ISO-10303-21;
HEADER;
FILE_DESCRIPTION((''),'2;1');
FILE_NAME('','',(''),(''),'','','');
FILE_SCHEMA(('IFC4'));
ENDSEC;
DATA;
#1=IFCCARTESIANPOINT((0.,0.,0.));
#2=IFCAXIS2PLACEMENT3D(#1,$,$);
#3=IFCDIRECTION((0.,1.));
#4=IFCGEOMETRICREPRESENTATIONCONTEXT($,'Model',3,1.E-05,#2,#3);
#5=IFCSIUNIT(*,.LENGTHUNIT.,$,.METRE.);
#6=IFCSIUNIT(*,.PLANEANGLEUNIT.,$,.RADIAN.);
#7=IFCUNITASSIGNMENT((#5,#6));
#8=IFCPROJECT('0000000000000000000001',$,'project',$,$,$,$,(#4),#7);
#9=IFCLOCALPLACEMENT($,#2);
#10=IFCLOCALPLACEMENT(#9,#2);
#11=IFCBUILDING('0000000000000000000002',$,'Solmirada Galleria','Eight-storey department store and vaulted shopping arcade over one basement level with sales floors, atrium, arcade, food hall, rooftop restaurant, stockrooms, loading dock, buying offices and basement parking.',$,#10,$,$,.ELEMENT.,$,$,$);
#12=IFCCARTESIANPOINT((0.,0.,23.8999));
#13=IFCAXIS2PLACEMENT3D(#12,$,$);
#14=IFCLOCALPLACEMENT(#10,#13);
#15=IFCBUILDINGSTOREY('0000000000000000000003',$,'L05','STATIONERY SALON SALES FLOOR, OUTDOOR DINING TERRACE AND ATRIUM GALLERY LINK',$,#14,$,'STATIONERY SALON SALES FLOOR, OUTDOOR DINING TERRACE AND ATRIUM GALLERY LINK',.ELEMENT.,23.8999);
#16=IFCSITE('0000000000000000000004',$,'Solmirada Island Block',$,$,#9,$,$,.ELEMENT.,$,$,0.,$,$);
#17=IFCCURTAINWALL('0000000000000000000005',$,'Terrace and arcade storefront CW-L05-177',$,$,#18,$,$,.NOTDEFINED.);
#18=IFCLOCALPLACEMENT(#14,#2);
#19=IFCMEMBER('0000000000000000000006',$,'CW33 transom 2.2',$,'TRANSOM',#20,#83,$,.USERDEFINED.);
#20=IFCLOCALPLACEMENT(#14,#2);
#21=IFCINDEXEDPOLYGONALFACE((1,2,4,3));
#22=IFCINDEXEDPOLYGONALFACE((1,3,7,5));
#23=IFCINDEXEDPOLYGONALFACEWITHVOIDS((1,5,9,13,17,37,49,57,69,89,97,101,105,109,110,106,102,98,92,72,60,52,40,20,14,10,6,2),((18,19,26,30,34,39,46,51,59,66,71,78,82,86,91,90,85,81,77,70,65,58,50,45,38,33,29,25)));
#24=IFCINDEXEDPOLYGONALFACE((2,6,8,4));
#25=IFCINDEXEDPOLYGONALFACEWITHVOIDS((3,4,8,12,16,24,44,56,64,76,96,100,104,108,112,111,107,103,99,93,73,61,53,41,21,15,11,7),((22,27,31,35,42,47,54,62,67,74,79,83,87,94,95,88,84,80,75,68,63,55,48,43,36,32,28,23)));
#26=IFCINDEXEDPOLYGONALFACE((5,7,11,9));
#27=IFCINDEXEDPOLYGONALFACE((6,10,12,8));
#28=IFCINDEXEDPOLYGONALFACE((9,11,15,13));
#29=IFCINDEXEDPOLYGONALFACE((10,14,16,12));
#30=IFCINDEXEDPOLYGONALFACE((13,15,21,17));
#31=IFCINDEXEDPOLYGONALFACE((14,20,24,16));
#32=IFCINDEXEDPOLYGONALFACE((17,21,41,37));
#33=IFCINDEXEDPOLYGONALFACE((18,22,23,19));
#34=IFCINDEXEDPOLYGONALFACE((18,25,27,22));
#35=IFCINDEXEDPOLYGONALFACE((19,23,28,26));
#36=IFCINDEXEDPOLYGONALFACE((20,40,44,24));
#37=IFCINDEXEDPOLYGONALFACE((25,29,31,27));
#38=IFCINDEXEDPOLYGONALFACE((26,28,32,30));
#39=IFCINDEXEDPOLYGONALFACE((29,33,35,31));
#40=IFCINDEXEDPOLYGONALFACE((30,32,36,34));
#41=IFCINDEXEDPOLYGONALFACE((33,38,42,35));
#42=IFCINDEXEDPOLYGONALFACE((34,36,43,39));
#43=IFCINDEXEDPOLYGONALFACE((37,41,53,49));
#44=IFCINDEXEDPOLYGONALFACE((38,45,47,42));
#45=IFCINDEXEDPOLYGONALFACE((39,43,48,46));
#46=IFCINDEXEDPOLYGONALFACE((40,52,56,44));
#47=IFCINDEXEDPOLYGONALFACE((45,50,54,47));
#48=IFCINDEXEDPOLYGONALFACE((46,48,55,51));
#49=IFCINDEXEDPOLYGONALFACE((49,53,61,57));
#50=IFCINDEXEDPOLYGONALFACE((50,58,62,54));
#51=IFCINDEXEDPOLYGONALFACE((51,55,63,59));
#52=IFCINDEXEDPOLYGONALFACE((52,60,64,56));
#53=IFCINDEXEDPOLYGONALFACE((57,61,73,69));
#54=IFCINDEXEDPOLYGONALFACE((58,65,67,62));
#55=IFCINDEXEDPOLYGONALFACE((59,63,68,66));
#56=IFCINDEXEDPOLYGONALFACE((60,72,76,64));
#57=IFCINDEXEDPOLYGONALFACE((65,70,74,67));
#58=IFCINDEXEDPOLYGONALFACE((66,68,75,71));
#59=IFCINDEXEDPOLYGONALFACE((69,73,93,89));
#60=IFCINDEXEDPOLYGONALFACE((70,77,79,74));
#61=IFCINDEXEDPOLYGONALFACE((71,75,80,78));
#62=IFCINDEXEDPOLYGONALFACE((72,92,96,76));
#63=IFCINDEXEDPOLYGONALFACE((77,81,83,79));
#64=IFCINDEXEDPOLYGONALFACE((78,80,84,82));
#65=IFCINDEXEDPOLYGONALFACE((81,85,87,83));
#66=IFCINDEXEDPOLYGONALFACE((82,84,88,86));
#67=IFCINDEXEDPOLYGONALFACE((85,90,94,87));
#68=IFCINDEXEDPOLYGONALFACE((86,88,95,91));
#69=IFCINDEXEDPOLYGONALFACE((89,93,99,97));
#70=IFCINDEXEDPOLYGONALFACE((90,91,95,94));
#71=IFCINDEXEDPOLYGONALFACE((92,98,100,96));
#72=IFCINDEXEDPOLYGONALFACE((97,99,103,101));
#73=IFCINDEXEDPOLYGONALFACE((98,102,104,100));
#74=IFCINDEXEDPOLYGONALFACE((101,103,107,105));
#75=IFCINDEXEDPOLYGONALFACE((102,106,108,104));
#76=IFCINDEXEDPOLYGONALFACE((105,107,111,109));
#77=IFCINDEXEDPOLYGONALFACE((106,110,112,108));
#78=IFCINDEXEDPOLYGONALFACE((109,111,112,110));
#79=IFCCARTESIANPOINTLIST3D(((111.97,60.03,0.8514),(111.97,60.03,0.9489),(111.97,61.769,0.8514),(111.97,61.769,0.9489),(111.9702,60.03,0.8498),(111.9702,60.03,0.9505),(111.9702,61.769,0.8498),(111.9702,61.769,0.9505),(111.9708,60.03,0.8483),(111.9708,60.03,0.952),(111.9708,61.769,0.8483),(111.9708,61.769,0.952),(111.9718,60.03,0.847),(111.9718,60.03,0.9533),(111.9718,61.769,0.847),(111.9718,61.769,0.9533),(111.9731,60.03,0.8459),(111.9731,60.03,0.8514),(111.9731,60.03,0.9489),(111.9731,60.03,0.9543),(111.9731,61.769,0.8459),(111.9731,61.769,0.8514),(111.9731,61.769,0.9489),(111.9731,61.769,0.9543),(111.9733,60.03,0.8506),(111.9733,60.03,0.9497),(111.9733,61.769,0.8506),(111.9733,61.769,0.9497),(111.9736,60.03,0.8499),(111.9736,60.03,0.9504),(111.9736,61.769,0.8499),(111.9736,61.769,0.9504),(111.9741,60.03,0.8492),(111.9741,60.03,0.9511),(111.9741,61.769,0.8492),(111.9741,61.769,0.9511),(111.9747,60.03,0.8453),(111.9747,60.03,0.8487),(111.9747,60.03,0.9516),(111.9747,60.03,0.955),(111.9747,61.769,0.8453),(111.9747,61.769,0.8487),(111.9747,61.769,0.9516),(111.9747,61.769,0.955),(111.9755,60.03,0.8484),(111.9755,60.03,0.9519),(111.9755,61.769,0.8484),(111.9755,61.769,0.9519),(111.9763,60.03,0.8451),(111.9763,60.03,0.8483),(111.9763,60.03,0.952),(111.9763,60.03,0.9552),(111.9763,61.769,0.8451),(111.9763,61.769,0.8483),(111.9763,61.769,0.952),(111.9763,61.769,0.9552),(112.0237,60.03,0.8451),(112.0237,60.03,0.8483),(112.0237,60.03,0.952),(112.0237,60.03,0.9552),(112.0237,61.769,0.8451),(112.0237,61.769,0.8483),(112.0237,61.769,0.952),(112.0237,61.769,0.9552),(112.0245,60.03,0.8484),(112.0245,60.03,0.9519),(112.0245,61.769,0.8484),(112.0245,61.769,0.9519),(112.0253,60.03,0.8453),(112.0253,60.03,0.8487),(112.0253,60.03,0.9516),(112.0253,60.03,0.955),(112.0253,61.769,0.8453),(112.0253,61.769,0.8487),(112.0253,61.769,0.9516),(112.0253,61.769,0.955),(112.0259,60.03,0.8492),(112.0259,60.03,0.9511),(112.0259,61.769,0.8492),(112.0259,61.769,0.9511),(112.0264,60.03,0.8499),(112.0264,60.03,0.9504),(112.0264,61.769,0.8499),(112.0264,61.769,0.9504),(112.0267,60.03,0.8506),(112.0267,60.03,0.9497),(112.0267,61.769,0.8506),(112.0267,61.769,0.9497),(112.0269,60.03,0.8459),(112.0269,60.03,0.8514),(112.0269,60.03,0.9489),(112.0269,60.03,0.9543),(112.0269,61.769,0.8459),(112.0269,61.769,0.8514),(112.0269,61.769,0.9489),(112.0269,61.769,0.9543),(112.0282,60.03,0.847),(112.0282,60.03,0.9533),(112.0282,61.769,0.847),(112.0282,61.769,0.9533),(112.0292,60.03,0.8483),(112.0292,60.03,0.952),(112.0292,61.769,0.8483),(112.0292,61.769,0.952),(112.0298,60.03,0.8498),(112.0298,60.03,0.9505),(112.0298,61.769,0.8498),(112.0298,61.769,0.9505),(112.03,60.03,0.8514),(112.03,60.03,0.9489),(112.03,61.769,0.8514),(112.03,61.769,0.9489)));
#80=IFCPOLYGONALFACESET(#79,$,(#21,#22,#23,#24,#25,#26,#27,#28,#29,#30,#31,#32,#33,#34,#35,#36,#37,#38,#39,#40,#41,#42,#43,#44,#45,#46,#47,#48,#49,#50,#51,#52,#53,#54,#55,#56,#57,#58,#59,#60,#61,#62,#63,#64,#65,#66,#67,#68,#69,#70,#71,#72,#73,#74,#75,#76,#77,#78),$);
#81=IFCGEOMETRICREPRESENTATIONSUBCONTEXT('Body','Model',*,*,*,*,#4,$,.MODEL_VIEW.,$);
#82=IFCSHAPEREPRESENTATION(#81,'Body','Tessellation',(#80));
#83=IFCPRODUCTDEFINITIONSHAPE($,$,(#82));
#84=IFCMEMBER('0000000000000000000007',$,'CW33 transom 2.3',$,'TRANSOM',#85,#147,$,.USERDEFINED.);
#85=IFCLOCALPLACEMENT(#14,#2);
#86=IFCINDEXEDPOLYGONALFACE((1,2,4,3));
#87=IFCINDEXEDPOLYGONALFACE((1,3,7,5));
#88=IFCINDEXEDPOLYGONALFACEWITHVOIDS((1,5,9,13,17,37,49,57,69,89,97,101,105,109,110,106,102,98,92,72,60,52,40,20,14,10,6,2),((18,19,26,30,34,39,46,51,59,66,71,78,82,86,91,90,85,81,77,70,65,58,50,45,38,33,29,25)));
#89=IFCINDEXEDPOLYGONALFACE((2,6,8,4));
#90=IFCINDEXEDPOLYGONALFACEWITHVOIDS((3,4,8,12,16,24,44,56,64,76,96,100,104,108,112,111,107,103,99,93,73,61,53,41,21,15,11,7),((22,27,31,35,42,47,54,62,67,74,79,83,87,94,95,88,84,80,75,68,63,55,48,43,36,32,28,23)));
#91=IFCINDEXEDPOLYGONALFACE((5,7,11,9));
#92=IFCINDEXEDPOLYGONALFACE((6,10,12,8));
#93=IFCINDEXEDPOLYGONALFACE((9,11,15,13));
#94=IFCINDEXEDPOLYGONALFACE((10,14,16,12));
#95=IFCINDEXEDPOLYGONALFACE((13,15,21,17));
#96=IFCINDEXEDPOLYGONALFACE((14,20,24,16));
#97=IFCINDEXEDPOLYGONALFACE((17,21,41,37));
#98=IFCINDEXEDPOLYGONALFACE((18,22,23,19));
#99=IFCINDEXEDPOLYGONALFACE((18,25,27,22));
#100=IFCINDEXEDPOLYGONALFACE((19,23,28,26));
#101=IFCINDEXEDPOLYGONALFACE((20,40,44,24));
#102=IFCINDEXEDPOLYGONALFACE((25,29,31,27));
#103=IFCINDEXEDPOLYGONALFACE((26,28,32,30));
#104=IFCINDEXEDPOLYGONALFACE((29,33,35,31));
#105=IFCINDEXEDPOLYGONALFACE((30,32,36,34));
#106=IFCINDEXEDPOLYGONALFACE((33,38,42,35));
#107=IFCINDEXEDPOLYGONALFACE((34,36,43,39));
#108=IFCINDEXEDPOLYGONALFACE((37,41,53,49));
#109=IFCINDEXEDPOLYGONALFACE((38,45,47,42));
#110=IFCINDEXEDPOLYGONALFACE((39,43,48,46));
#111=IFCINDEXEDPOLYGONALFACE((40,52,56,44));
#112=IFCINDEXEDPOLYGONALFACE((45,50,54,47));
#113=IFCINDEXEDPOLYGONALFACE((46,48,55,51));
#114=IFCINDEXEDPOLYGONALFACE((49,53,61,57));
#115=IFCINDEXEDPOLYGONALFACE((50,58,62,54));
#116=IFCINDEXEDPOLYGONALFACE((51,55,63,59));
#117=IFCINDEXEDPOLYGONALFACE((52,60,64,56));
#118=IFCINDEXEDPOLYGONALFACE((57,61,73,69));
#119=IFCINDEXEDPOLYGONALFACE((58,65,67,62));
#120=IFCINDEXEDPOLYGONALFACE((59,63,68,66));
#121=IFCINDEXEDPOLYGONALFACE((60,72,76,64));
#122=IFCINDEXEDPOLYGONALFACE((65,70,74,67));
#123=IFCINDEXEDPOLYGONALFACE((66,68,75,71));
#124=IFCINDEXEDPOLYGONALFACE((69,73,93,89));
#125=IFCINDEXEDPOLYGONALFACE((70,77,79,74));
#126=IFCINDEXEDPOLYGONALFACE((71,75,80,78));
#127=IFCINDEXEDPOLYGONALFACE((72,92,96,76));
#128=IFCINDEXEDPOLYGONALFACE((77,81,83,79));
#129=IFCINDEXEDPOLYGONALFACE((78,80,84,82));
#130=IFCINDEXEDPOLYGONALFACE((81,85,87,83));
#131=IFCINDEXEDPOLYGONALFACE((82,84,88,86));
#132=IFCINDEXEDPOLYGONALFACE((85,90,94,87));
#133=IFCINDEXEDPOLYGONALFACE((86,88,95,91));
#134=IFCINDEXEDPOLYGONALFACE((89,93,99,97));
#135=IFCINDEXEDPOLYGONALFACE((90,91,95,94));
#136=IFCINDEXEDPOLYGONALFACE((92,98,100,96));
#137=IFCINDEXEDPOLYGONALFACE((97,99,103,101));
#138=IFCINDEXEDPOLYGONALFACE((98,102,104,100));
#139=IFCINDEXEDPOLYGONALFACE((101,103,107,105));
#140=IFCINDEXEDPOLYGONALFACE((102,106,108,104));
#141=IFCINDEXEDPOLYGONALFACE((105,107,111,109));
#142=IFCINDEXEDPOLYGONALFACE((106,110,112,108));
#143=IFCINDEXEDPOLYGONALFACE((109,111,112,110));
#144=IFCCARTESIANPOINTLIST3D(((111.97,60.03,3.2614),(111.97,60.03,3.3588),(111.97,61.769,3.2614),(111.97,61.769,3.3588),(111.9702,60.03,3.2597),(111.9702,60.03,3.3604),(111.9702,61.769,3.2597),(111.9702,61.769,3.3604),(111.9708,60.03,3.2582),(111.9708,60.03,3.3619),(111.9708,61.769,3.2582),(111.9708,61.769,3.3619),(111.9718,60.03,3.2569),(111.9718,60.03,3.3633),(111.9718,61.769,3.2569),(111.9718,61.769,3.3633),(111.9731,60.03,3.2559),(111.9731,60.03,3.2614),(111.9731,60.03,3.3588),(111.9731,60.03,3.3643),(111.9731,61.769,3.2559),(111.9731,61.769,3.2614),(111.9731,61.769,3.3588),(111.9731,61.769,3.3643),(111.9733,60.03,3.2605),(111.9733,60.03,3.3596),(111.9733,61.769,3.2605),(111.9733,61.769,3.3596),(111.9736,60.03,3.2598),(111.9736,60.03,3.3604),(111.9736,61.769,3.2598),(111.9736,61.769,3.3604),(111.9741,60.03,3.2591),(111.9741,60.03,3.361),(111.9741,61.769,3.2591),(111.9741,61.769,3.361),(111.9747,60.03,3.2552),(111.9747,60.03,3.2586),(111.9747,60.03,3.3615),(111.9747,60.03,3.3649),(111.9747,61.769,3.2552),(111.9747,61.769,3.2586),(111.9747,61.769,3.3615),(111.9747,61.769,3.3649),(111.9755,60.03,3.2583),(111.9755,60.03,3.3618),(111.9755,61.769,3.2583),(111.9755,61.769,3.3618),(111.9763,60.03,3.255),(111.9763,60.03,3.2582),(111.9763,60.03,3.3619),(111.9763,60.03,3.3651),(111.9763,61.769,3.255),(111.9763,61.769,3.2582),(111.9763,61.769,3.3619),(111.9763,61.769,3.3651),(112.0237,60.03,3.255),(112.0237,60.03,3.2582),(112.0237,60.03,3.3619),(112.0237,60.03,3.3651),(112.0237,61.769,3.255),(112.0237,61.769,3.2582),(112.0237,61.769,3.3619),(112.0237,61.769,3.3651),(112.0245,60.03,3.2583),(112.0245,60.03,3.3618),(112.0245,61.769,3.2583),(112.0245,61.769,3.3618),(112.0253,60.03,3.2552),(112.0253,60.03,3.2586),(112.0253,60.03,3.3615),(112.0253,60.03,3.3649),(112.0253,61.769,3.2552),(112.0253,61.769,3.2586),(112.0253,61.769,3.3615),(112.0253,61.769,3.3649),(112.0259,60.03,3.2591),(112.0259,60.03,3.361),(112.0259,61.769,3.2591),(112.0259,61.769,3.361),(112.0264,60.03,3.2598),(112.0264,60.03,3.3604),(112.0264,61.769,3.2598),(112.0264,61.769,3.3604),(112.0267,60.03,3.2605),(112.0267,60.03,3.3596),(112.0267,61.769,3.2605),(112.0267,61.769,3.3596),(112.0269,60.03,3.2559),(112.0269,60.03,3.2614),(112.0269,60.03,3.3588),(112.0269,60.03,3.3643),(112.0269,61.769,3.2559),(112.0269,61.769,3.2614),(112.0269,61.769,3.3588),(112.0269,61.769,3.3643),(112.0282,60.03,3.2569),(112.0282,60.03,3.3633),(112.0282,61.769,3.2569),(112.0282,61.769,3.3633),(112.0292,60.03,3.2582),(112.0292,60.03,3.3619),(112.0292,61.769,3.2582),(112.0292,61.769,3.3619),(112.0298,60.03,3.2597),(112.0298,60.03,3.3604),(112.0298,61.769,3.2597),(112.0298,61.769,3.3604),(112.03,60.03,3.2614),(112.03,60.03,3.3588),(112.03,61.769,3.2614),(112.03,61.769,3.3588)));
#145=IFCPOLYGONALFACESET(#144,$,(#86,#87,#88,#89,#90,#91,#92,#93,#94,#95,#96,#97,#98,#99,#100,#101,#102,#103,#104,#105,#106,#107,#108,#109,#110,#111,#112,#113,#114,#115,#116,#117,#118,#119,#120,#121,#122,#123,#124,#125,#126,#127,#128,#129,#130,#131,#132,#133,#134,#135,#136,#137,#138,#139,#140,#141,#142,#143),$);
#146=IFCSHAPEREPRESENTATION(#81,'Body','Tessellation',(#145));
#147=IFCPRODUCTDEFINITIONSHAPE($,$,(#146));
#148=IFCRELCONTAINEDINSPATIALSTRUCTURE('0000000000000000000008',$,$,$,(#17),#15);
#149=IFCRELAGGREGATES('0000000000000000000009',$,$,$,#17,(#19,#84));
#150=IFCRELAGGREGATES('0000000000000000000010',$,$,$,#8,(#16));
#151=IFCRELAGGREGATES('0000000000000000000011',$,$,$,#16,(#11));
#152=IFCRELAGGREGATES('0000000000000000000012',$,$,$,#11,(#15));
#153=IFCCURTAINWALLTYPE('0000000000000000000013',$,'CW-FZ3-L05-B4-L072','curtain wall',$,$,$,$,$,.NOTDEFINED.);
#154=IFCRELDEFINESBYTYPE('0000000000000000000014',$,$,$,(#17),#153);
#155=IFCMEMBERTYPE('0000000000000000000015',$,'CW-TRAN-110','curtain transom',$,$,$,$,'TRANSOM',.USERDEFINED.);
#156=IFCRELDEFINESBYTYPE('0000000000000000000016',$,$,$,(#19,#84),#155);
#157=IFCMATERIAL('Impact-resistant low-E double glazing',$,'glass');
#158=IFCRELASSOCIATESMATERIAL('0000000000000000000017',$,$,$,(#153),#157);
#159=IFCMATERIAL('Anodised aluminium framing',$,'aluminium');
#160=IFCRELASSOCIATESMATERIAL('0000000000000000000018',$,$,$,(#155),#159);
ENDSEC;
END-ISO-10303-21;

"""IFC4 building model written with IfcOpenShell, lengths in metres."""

from ifc_helpers import new_model, si_unit, direction, frame, origin, origin_2d, place, context, subcontext, project, spatial, hollow_rectangle, extrude, material, material_profile, profile_set, type_object, element, aggregate, save


model = new_model("IFC4")

# Units and contexts
model_context = context("Model", 3, precision=1e-05, world=origin(), true_north=direction((0.0, 1.0)))
body_context = subcontext(model_context, "Body", "Model", "MODEL_VIEW")
ifc_project = project(units=[si_unit("LENGTHUNIT", "METRE"), si_unit("PLANEANGLEUNIT", "RADIAN")], contexts=[model_context])

# Site, building, storey
site_placement = place(None, origin())
site = spatial("IfcSite", under=ifc_project, at=site_placement, Name="Solmirada Island Block", CompositionType="ELEMENT", RefElevation=0.0)
building_placement = place(site_placement, origin())
building = spatial("IfcBuilding", under=site, at=building_placement, Name="Solmirada Galleria", Description="Eight-storey department store and vaulted shopping arcade over one basement level with sales floors, atrium, arcade, food hall, rooftop restaurant, stockrooms, loading dock, buying offices and basement parking.", CompositionType="ELEMENT")
storey_placement = place(building_placement, frame((0.0, 0.0, 23.8999)))
storey = spatial("IfcBuildingStorey", under=building, at=storey_placement, Name="L05", Description="STATIONERY SALON SALES FLOOR, OUTDOOR DINING TERRACE AND ATRIUM GALLERY LINK", LongName="STATIONERY SALON SALES FLOOR, OUTDOOR DINING TERRACE AND ATRIUM GALLERY LINK", CompositionType="ELEMENT", Elevation=23.8999)

# Curtain wall, members
ifc_material_1 = material(Name="Impact-resistant low-E double glazing", Category="glass")
curtain_wall_type = type_object("IfcCurtainWallType", Name="CW-FZ3-L05-B4-L072", Description="curtain wall", PredefinedType="NOTDEFINED", material=ifc_material_1)
curtain_wall_placement = place(storey_placement, origin())
curtain_wall = element("IfcCurtainWall", 1, at=curtain_wall_placement, inside=storey, type_object=curtain_wall_type, Name="Terrace and arcade storefront CW-L05-177", PredefinedType="NOTDEFINED")
ifc_material_2 = material(Name="Anodised aluminium framing", Category="aluminium")
ifc_material_profile_1 = material_profile(ifc_material_2, hollow_rectangle(XDim=0.0601, YDim=0.1101, WallThickness=0.0032, InnerFilletRadius=0.0032, OuterFilletRadius=0.0063, at=origin_2d()), Name="ALU-TRAN-110X60")
ifc_profile_set_1 = profile_set([ifc_material_profile_1], Name="Anodised aluminium framing")
member_type_1 = type_object("IfcMemberType", Name="CW-TRAN-110", Description="curtain transom", ElementType="TRANSOM", PredefinedType="USERDEFINED", material=ifc_profile_set_1)
member_1_placement = place(storey_placement, frame((112.0, 61.769, 0.9001), z_axis=(0.0, -1.0, 0.0), x_axis=(1.0, 0.0, 0.0)))
member_1 = element("IfcMember", 2, at=member_1_placement, type_object=member_type_1, Name="CW33 transom 2.2", ObjectType="TRANSOM", PredefinedType="USERDEFINED", context=body_context, shape_type="SweptSolid", body=[
    extrude(hollow_rectangle(XDim=0.0601, YDim=0.1101, WallThickness=0.0032, InnerFilletRadius=0.0032, OuterFilletRadius=0.0063, at=origin_2d()), origin(), (0.0, 0.0, 1.0), 1.739),
])
member_2_placement = place(storey_placement, frame((112.0, 61.769, 3.3101), z_axis=(0.0, -1.0, 0.0), x_axis=(1.0, 0.0, 0.0)))
member_2 = element("IfcMember", 3, at=member_2_placement, type_object=member_type_1, Name="CW33 transom 2.3", ObjectType="TRANSOM", PredefinedType="USERDEFINED", context=body_context, shape_type="SweptSolid", body=[
    extrude(hollow_rectangle(XDim=0.0601, YDim=0.1101, WallThickness=0.0032, InnerFilletRadius=0.0032, OuterFilletRadius=0.0063, at=origin_2d()), origin(), (0.0, 0.0, 1.0), 1.739),
])
aggregate(curtain_wall, [member_1, member_2])

save(model, "model.ifc")
